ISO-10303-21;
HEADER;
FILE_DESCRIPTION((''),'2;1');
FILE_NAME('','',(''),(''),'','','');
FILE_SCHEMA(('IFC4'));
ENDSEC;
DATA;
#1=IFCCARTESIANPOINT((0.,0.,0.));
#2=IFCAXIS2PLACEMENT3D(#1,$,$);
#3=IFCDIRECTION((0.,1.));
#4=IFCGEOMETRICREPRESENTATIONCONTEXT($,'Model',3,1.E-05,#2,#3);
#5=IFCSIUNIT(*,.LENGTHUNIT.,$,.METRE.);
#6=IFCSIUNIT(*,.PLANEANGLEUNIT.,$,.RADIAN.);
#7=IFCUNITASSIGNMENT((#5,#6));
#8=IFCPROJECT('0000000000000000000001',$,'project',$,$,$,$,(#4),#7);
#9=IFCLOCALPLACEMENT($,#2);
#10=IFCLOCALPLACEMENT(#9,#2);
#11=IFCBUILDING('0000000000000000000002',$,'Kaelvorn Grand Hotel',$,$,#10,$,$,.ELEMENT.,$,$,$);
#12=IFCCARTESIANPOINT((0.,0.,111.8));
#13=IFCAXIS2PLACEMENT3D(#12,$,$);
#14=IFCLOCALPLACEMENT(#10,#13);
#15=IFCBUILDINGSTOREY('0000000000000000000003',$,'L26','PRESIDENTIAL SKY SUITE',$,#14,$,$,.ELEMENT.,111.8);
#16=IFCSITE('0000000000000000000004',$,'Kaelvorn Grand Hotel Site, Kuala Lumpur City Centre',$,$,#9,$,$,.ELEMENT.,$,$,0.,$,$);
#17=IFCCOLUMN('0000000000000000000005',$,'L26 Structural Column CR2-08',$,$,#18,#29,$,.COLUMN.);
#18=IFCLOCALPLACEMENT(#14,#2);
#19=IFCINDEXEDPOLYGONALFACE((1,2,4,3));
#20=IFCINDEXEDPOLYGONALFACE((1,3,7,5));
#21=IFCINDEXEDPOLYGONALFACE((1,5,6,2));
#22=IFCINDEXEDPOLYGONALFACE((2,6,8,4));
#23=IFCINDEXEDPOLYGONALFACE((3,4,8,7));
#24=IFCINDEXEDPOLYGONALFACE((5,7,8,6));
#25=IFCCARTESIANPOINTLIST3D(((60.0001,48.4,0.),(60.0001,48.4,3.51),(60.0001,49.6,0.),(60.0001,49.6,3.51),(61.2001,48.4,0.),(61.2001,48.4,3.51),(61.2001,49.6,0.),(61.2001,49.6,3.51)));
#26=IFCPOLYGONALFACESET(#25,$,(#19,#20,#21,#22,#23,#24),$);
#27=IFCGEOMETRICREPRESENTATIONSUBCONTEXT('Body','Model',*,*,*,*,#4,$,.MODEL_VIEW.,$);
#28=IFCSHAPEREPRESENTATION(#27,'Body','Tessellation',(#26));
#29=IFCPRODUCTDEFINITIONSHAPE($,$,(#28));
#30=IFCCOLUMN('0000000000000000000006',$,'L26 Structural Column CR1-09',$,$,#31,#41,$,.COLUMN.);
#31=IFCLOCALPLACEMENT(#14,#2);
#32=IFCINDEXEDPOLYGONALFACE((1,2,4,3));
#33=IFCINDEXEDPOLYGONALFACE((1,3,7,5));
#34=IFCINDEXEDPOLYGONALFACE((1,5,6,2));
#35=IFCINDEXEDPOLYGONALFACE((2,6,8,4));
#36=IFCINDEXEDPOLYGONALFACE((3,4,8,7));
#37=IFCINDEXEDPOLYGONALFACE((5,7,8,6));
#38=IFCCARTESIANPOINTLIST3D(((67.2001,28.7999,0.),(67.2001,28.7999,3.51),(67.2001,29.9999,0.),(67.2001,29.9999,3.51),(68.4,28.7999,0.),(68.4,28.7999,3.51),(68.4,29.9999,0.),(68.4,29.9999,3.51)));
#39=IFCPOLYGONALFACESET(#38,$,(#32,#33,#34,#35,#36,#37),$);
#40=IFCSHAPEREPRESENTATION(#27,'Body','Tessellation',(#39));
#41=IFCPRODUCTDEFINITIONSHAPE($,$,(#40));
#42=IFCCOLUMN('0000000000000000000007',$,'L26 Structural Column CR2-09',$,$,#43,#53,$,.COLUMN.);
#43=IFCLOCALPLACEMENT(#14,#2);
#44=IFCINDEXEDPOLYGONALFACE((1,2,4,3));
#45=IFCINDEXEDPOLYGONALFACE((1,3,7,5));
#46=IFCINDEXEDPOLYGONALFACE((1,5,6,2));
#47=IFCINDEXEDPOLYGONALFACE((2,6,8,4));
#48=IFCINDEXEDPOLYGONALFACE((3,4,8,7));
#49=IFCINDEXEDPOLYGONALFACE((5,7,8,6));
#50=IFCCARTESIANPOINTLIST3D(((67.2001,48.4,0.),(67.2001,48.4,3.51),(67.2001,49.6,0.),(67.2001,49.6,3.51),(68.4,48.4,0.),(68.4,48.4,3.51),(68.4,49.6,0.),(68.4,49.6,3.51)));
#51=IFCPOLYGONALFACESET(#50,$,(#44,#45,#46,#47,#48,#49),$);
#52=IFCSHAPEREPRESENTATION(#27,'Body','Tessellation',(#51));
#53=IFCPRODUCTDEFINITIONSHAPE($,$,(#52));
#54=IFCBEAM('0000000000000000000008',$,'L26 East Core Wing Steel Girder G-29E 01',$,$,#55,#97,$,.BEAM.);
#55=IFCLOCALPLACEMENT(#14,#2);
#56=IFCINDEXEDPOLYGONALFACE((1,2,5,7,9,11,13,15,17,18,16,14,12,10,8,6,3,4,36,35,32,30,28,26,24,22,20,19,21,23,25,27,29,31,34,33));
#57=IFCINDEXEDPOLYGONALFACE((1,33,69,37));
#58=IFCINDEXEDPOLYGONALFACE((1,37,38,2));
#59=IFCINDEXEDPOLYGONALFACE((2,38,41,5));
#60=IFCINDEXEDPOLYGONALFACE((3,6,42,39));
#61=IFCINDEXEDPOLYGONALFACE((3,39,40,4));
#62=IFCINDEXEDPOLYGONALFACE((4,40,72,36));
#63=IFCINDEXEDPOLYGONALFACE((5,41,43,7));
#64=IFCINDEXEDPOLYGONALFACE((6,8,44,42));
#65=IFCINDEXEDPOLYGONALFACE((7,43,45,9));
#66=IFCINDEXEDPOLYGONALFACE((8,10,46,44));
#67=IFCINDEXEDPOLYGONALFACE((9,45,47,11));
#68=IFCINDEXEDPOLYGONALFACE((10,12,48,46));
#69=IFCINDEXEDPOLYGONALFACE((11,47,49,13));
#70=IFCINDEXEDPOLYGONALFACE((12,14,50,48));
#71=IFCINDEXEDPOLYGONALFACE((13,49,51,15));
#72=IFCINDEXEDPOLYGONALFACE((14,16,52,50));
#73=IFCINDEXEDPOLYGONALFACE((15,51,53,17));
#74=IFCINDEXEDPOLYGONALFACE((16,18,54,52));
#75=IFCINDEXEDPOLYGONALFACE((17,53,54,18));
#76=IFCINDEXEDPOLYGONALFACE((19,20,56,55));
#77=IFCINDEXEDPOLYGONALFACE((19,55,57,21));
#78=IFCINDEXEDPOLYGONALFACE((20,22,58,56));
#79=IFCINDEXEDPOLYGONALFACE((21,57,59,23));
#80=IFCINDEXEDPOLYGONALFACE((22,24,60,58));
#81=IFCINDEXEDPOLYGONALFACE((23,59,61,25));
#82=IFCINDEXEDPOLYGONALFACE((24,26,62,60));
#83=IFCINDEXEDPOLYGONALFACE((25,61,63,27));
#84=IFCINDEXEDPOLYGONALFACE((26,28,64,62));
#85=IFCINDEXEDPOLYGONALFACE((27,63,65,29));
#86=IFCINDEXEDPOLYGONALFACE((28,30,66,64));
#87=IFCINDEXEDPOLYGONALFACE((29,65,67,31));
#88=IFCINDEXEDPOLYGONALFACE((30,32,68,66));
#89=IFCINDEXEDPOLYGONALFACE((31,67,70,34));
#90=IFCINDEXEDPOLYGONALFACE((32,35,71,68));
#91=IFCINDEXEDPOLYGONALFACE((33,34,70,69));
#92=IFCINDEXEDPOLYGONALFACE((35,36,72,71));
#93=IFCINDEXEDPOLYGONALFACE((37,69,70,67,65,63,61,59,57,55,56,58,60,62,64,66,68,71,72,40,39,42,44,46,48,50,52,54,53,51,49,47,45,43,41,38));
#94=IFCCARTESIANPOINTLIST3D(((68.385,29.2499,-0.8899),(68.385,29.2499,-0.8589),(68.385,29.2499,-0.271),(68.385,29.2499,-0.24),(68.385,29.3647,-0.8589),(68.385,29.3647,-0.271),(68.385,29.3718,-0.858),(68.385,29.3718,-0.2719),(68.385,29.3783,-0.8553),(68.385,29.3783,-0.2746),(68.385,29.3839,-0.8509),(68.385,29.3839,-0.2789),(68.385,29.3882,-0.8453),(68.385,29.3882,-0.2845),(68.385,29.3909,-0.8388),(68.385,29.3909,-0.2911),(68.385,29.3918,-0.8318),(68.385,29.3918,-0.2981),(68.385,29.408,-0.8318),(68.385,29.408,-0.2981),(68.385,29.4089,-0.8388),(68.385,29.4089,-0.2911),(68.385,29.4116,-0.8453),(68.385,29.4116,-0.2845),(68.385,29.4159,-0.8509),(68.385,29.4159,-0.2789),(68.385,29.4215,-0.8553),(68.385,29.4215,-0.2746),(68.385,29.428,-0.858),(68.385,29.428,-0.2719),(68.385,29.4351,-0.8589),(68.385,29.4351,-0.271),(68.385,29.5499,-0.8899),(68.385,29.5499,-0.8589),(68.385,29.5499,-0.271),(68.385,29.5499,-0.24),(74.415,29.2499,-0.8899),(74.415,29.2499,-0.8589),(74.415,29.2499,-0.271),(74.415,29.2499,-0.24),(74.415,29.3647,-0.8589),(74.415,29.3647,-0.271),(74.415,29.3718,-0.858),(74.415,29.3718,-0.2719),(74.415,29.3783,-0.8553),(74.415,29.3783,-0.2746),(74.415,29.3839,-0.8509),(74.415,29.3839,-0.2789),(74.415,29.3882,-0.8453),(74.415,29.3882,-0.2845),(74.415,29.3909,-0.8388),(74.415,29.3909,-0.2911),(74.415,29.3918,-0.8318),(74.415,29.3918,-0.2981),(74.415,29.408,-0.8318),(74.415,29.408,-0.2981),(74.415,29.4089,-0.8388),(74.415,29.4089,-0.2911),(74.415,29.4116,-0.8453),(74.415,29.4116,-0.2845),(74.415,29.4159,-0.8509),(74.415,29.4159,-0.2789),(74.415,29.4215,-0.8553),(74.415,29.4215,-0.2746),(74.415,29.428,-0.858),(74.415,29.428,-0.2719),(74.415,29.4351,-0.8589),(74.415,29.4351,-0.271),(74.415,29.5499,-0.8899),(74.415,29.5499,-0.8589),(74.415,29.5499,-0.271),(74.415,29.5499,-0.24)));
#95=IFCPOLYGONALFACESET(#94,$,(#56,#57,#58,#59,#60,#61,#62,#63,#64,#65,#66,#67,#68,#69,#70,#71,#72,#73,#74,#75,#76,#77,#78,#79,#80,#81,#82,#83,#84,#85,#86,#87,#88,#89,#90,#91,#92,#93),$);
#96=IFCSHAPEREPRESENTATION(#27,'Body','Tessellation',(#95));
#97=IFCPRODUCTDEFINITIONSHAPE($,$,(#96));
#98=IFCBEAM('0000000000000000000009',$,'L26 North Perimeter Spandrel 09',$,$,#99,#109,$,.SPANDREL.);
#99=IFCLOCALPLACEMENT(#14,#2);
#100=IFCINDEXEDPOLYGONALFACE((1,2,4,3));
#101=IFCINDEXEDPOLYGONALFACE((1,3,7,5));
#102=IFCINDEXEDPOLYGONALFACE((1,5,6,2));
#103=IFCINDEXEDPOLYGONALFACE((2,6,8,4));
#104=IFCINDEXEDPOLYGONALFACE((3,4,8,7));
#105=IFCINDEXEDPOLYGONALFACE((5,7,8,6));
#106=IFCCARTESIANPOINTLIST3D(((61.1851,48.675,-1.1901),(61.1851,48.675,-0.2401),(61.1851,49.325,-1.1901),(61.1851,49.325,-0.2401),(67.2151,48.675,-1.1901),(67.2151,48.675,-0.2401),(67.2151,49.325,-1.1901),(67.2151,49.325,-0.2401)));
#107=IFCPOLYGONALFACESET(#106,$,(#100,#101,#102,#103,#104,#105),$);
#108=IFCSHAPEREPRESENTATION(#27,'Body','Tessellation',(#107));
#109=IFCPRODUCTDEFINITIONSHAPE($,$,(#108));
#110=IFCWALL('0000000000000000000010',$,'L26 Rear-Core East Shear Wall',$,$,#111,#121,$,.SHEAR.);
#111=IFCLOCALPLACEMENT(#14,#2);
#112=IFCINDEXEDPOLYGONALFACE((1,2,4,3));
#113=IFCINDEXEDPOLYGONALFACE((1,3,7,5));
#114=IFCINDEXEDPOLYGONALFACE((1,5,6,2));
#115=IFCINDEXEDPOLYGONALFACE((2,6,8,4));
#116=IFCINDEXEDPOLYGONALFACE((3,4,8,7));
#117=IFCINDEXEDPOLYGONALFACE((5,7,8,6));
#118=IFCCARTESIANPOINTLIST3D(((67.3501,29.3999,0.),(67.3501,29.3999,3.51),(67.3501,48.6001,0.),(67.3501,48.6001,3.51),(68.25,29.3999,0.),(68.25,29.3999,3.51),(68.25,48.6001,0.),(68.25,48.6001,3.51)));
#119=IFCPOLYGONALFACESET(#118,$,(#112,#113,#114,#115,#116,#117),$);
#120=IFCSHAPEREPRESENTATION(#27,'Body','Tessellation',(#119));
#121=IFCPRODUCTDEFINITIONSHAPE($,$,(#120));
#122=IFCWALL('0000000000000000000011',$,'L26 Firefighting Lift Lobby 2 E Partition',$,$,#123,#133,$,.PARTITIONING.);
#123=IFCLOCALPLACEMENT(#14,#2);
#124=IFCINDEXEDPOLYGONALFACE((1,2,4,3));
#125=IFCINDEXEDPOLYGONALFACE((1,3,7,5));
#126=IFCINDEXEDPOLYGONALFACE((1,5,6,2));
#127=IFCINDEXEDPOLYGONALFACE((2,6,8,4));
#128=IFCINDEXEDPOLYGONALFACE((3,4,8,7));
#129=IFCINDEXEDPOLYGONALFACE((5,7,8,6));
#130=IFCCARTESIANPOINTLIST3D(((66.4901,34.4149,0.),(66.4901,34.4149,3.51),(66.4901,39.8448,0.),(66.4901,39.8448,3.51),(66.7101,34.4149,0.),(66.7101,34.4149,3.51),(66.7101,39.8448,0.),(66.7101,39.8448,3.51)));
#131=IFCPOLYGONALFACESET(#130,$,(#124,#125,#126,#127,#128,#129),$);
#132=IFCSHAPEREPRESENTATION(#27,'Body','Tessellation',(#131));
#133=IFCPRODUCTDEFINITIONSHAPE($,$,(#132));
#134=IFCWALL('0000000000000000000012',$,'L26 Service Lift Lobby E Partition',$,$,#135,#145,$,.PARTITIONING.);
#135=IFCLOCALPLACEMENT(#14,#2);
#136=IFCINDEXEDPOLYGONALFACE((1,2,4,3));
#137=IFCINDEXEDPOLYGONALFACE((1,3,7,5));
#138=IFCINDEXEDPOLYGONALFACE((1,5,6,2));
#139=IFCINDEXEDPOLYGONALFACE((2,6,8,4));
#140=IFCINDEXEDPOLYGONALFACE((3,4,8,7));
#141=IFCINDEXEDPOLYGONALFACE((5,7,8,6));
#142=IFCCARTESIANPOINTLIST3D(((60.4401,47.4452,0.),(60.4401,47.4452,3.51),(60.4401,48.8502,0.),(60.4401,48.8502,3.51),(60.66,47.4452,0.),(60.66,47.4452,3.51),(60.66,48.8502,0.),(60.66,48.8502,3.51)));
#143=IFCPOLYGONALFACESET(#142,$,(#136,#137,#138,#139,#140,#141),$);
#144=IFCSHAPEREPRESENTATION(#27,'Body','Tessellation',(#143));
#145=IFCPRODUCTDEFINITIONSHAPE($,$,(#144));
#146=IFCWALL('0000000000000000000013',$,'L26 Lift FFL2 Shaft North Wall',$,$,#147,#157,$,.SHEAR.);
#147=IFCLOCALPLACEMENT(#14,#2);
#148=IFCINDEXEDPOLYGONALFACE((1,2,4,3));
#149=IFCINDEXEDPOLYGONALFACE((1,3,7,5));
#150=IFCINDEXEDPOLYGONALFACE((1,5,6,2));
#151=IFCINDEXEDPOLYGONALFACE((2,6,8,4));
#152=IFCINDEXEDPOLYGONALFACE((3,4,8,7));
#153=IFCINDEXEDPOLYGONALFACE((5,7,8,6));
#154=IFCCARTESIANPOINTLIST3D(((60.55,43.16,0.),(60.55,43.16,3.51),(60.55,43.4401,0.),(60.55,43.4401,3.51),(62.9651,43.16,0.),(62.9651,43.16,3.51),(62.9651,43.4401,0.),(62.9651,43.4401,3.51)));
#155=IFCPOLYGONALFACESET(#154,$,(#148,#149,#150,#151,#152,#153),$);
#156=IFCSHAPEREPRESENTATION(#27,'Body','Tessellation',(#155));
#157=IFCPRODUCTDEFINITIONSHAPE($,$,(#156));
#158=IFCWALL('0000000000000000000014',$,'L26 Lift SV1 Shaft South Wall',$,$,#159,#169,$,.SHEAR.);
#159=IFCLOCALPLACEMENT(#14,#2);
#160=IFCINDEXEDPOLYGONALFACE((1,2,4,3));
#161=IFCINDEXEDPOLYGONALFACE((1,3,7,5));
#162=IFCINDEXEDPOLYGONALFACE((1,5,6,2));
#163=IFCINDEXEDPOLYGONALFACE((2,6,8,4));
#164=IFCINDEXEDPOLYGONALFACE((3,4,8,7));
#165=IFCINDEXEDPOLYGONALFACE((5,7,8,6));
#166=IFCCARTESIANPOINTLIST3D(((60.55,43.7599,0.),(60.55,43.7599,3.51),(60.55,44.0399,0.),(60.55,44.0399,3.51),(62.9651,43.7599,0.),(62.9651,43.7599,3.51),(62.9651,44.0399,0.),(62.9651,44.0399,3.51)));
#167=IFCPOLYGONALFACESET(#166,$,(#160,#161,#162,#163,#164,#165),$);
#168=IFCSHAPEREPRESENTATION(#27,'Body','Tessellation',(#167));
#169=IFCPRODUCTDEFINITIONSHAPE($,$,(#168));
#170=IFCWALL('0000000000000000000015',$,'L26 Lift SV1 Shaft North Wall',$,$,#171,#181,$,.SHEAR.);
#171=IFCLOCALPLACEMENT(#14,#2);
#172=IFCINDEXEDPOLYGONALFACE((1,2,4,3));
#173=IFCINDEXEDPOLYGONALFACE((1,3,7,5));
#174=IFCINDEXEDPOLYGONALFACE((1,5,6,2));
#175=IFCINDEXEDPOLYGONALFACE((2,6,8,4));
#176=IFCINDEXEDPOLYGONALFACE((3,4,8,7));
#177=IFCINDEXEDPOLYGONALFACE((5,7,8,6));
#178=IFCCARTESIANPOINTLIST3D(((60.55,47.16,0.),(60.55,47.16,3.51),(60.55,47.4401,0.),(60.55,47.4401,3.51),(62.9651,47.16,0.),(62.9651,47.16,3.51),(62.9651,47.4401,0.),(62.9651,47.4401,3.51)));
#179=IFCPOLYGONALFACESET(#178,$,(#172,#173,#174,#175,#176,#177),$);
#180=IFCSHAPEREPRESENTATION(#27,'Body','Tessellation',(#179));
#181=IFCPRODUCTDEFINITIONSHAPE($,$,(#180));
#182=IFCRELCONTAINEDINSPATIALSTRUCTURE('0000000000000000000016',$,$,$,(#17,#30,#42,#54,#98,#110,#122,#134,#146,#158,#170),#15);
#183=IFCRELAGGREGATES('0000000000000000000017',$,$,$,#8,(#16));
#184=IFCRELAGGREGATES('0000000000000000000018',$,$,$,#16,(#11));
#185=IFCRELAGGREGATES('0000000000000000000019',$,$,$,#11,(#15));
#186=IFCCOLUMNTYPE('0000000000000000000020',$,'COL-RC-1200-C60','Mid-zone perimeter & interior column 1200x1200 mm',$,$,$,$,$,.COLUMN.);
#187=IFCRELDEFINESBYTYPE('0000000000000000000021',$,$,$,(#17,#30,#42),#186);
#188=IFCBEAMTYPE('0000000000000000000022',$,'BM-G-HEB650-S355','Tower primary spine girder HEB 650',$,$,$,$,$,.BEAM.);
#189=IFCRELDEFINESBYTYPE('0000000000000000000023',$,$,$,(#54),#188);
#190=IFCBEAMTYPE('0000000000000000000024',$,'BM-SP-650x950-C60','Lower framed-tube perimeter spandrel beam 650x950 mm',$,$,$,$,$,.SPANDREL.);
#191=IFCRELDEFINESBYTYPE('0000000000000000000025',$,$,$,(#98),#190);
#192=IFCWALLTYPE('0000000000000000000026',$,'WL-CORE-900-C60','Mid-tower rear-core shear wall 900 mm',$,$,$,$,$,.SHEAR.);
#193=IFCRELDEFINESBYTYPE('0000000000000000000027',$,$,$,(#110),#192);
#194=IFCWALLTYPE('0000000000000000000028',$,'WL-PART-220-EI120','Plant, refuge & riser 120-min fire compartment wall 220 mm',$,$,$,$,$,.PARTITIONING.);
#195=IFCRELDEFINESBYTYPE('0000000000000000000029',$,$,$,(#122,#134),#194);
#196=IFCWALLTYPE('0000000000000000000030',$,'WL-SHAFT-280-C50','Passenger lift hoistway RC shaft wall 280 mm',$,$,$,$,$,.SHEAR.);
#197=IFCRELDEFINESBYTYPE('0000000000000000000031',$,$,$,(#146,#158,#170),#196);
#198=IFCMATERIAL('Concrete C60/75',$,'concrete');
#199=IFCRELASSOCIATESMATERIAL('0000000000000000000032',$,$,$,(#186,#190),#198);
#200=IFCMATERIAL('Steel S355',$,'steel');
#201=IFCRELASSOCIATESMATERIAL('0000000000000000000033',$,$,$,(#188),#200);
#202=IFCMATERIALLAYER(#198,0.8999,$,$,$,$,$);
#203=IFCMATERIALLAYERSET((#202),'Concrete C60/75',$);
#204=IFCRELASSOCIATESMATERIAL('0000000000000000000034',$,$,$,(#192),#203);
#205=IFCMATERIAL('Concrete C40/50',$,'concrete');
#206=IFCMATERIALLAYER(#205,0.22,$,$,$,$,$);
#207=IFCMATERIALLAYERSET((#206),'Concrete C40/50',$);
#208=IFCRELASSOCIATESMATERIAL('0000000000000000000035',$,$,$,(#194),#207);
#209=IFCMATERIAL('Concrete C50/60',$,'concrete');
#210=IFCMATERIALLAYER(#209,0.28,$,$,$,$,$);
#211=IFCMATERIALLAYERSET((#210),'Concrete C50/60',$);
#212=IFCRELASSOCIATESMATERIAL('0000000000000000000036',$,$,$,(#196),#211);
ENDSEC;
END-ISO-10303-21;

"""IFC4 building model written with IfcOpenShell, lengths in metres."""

from ifc_helpers import new_model, si_unit, direction, frame, frame_2d, origin, origin_2d, place, context, subcontext, project, spatial, rectangle, i_section, extrude, material, layer, layer_set, material_profile, profile_set, type_object, element, save


model = new_model("IFC4")

# Units and contexts
model_context = context("Model", 3, precision=1e-05, world=origin(), true_north=direction((0.0, 1.0)))
body_context = subcontext(model_context, "Body", "Model", "MODEL_VIEW")
ifc_project = project(units=[si_unit("LENGTHUNIT", "METRE"), si_unit("PLANEANGLEUNIT", "RADIAN")], contexts=[model_context])

# Site, building, storey
site_placement = place(None, origin())
site = spatial("IfcSite", under=ifc_project, at=site_placement, Name="Kaelvorn Grand Hotel Site, Kuala Lumpur City Centre", CompositionType="ELEMENT", RefElevation=0.0)
building_placement = place(site_placement, origin())
building = spatial("IfcBuilding", under=site, at=building_placement, Name="Kaelvorn Grand Hotel", CompositionType="ELEMENT")
storey_placement = place(building_placement, frame((0.0, 0.0, 111.8)))
storey = spatial("IfcBuildingStorey", under=building, at=storey_placement, Name="L26", Description="PRESIDENTIAL SKY SUITE", CompositionType="ELEMENT", Elevation=111.8)

# Columns
ifc_material_1 = material(Name="Concrete C60/75", Category="concrete")
ifc_material_profile_1 = material_profile(ifc_material_1, rectangle(XDim=1.2, YDim=1.2, at=origin_2d()), Name="RC COL 1200x1200")
ifc_profile_set_1 = profile_set([ifc_material_profile_1], Name="Concrete C60/75")
column_type = type_object("IfcColumnType", Name="COL-RC-1200-C60", Description="Mid-zone perimeter & interior column 1200x1200 mm", PredefinedType="COLUMN", material=ifc_profile_set_1)
for number, where, z_axis, x_axis, name in (
    (1, (60.6001, 49.0, 0.0), (0.0, 0.0, 1.0), (1.0, 0.0, 0.0), "L26 Structural Column CR2-08"),
    (2, (67.8, 29.3999, 0.0), (0.0, 0.0, 1.0), (1.0, 0.0, 0.0), "L26 Structural Column CR1-09"),
    (3, (67.8, 49.0, 0.0), (0.0, 0.0, 1.0), (1.0, 0.0, 0.0), "L26 Structural Column CR2-09"),
):
    element("IfcColumn", number, at=place(storey_placement, frame(where, z_axis=z_axis, x_axis=x_axis)), inside=storey, type_object=column_type, Name=name, PredefinedType="COLUMN", context=body_context, shape_type="SweptSolid", body=[
        extrude(rectangle(XDim=1.2, YDim=1.2, at=origin_2d()), origin(), (0.0, 0.0, 1.0), 3.51),
    ])

# Beams
ifc_material_2 = material(Name="Steel S355", Category="steel")
ifc_material_profile_2 = material_profile(ifc_material_2, i_section(OverallWidth=0.3, OverallDepth=0.6499, WebThickness=0.0161, FlangeThickness=0.031, FilletRadius=0.0271, at=origin_2d()), Name="HEB 650")
ifc_profile_set_2 = profile_set([ifc_material_profile_2], Name="Steel S355")
beam_type_1 = type_object("IfcBeamType", Name="BM-G-HEB650-S355", Description="Tower primary spine girder HEB 650", PredefinedType="BEAM", material=ifc_profile_set_2)
beam_1_placement = place(storey_placement, frame((68.385, 29.3999, -0.5649), z_axis=(1.0, 0.0, 0.0), x_axis=(0.0, 1.0, 0.0)))
element("IfcBeam", 4, at=beam_1_placement, inside=storey, type_object=beam_type_1, Name="L26 East Core Wing Steel Girder G-29E 01", PredefinedType="BEAM", context=body_context, shape_type="SweptSolid", body=[
    extrude(i_section(OverallWidth=0.3, OverallDepth=0.6499, WebThickness=0.0161, FlangeThickness=0.031, FilletRadius=0.0271, at=origin_2d()), origin(), (0.0, 0.0, 1.0), 6.03),
])
ifc_material_profile_3 = material_profile(ifc_material_1, rectangle(XDim=0.6499, YDim=0.95, at=origin_2d()), Name="RC SPANDREL 650x950")
ifc_profile_set_3 = profile_set([ifc_material_profile_3], Name="Concrete C60/75")
beam_type_2 = type_object("IfcBeamType", Name="BM-SP-650x950-C60", Description="Lower framed-tube perimeter spandrel beam 650x950 mm", PredefinedType="SPANDREL", material=ifc_profile_set_3)
beam_2_placement = place(storey_placement, frame((61.1851, 49.0, -0.7151), z_axis=(1.0, 0.0, 0.0), x_axis=(0.0, 1.0, 0.0)))
element("IfcBeam", 5, at=beam_2_placement, inside=storey, type_object=beam_type_2, Name="L26 North Perimeter Spandrel 09", PredefinedType="SPANDREL", context=body_context, shape_type="SweptSolid", body=[
    extrude(rectangle(XDim=0.6499, YDim=0.95, at=origin_2d()), origin(), (0.0, 0.0, 1.0), 6.03),
])

# Walls
ifc_layer_1 = layer(ifc_material_1, 0.8999)
ifc_layer_set_1 = layer_set([ifc_layer_1], Name="Concrete C60/75")
wall_type_1 = type_object("IfcWallType", Name="WL-CORE-900-C60", Description="Mid-tower rear-core shear wall 900 mm", PredefinedType="SHEAR", material=ifc_layer_set_1)
wall_1_placement = place(storey_placement, frame((67.8, 29.3999, 0.0), z_axis=(0.0, 0.0, 1.0), x_axis=(0.0, 1.0, 0.0)))
element("IfcWall", 6, at=wall_1_placement, inside=storey, type_object=wall_type_1, Name="L26 Rear-Core East Shear Wall", PredefinedType="SHEAR", context=body_context, shape_type="SweptSolid", body=[
    extrude(rectangle(XDim=19.2002, YDim=0.8999, at=frame_2d((9.6001, 0.0))), origin(), (0.0, 0.0, 1.0), 3.51),
])
ifc_material_3 = material(Name="Concrete C40/50", Category="concrete")
ifc_layer_2 = layer(ifc_material_3, 0.22)
ifc_layer_set_2 = layer_set([ifc_layer_2], Name="Concrete C40/50")
wall_type_2 = type_object("IfcWallType", Name="WL-PART-220-EI120", Description="Plant, refuge & riser 120-min fire compartment wall 220 mm", PredefinedType="PARTITIONING", material=ifc_layer_set_2)
wall_2_placement = place(storey_placement, frame((66.6001, 34.415, 0.0), z_axis=(0.0, 0.0, 1.0), x_axis=(0.0, 1.0, 0.0)))
element("IfcWall", 7, at=wall_2_placement, inside=storey, type_object=wall_type_2, Name="L26 Firefighting Lift Lobby 2 E Partition", PredefinedType="PARTITIONING", context=body_context, shape_type="SweptSolid", body=[
    extrude(rectangle(XDim=5.4299, YDim=0.22, at=frame_2d((2.7148, 0.0))), origin(), (0.0, 0.0, 1.0), 3.51),
])
wall_3_placement = place(storey_placement, frame((60.55, 47.4451, 0.0), z_axis=(0.0, 0.0, 1.0), x_axis=(0.0, 1.0, 0.0)))
element("IfcWall", 8, at=wall_3_placement, inside=storey, type_object=wall_type_2, Name="L26 Service Lift Lobby E Partition", PredefinedType="PARTITIONING", context=body_context, shape_type="SweptSolid", body=[
    extrude(rectangle(XDim=1.405, YDim=0.22, at=frame_2d((0.7026, 0.0))), origin(), (0.0, 0.0, 1.0), 3.51),
])
ifc_material_4 = material(Name="Concrete C50/60", Category="concrete")
ifc_layer_3 = layer(ifc_material_4, 0.28)
ifc_layer_set_3 = layer_set([ifc_layer_3], Name="Concrete C50/60")
wall_type_3 = type_object("IfcWallType", Name="WL-SHAFT-280-C50", Description="Passenger lift hoistway RC shaft wall 280 mm", PredefinedType="SHEAR", material=ifc_layer_set_3)
for number, where, z_axis, x_axis, name in (
    (9, (60.55, 43.3, 0.0), (0.0, 0.0, 1.0), (1.0, 0.0, 0.0), "L26 Lift FFL2 Shaft North Wall"),
    (10, (60.55, 43.8999, 0.0), (0.0, 0.0, 1.0), (1.0, 0.0, 0.0), "L26 Lift SV1 Shaft South Wall"),
    (11, (60.55, 47.3, 0.0), (0.0, 0.0, 1.0), (1.0, 0.0, 0.0), "L26 Lift SV1 Shaft North Wall"),
):
    element("IfcWall", number, at=place(storey_placement, frame(where, z_axis=z_axis, x_axis=x_axis)), inside=storey, type_object=wall_type_3, Name=name, PredefinedType="SHEAR", context=body_context, shape_type="SweptSolid", body=[
        extrude(rectangle(XDim=2.415, YDim=0.28, at=frame_2d((1.2075, 0.0))), origin(), (0.0, 0.0, 1.0), 3.51),
    ])

save(model, "model.ifc")
